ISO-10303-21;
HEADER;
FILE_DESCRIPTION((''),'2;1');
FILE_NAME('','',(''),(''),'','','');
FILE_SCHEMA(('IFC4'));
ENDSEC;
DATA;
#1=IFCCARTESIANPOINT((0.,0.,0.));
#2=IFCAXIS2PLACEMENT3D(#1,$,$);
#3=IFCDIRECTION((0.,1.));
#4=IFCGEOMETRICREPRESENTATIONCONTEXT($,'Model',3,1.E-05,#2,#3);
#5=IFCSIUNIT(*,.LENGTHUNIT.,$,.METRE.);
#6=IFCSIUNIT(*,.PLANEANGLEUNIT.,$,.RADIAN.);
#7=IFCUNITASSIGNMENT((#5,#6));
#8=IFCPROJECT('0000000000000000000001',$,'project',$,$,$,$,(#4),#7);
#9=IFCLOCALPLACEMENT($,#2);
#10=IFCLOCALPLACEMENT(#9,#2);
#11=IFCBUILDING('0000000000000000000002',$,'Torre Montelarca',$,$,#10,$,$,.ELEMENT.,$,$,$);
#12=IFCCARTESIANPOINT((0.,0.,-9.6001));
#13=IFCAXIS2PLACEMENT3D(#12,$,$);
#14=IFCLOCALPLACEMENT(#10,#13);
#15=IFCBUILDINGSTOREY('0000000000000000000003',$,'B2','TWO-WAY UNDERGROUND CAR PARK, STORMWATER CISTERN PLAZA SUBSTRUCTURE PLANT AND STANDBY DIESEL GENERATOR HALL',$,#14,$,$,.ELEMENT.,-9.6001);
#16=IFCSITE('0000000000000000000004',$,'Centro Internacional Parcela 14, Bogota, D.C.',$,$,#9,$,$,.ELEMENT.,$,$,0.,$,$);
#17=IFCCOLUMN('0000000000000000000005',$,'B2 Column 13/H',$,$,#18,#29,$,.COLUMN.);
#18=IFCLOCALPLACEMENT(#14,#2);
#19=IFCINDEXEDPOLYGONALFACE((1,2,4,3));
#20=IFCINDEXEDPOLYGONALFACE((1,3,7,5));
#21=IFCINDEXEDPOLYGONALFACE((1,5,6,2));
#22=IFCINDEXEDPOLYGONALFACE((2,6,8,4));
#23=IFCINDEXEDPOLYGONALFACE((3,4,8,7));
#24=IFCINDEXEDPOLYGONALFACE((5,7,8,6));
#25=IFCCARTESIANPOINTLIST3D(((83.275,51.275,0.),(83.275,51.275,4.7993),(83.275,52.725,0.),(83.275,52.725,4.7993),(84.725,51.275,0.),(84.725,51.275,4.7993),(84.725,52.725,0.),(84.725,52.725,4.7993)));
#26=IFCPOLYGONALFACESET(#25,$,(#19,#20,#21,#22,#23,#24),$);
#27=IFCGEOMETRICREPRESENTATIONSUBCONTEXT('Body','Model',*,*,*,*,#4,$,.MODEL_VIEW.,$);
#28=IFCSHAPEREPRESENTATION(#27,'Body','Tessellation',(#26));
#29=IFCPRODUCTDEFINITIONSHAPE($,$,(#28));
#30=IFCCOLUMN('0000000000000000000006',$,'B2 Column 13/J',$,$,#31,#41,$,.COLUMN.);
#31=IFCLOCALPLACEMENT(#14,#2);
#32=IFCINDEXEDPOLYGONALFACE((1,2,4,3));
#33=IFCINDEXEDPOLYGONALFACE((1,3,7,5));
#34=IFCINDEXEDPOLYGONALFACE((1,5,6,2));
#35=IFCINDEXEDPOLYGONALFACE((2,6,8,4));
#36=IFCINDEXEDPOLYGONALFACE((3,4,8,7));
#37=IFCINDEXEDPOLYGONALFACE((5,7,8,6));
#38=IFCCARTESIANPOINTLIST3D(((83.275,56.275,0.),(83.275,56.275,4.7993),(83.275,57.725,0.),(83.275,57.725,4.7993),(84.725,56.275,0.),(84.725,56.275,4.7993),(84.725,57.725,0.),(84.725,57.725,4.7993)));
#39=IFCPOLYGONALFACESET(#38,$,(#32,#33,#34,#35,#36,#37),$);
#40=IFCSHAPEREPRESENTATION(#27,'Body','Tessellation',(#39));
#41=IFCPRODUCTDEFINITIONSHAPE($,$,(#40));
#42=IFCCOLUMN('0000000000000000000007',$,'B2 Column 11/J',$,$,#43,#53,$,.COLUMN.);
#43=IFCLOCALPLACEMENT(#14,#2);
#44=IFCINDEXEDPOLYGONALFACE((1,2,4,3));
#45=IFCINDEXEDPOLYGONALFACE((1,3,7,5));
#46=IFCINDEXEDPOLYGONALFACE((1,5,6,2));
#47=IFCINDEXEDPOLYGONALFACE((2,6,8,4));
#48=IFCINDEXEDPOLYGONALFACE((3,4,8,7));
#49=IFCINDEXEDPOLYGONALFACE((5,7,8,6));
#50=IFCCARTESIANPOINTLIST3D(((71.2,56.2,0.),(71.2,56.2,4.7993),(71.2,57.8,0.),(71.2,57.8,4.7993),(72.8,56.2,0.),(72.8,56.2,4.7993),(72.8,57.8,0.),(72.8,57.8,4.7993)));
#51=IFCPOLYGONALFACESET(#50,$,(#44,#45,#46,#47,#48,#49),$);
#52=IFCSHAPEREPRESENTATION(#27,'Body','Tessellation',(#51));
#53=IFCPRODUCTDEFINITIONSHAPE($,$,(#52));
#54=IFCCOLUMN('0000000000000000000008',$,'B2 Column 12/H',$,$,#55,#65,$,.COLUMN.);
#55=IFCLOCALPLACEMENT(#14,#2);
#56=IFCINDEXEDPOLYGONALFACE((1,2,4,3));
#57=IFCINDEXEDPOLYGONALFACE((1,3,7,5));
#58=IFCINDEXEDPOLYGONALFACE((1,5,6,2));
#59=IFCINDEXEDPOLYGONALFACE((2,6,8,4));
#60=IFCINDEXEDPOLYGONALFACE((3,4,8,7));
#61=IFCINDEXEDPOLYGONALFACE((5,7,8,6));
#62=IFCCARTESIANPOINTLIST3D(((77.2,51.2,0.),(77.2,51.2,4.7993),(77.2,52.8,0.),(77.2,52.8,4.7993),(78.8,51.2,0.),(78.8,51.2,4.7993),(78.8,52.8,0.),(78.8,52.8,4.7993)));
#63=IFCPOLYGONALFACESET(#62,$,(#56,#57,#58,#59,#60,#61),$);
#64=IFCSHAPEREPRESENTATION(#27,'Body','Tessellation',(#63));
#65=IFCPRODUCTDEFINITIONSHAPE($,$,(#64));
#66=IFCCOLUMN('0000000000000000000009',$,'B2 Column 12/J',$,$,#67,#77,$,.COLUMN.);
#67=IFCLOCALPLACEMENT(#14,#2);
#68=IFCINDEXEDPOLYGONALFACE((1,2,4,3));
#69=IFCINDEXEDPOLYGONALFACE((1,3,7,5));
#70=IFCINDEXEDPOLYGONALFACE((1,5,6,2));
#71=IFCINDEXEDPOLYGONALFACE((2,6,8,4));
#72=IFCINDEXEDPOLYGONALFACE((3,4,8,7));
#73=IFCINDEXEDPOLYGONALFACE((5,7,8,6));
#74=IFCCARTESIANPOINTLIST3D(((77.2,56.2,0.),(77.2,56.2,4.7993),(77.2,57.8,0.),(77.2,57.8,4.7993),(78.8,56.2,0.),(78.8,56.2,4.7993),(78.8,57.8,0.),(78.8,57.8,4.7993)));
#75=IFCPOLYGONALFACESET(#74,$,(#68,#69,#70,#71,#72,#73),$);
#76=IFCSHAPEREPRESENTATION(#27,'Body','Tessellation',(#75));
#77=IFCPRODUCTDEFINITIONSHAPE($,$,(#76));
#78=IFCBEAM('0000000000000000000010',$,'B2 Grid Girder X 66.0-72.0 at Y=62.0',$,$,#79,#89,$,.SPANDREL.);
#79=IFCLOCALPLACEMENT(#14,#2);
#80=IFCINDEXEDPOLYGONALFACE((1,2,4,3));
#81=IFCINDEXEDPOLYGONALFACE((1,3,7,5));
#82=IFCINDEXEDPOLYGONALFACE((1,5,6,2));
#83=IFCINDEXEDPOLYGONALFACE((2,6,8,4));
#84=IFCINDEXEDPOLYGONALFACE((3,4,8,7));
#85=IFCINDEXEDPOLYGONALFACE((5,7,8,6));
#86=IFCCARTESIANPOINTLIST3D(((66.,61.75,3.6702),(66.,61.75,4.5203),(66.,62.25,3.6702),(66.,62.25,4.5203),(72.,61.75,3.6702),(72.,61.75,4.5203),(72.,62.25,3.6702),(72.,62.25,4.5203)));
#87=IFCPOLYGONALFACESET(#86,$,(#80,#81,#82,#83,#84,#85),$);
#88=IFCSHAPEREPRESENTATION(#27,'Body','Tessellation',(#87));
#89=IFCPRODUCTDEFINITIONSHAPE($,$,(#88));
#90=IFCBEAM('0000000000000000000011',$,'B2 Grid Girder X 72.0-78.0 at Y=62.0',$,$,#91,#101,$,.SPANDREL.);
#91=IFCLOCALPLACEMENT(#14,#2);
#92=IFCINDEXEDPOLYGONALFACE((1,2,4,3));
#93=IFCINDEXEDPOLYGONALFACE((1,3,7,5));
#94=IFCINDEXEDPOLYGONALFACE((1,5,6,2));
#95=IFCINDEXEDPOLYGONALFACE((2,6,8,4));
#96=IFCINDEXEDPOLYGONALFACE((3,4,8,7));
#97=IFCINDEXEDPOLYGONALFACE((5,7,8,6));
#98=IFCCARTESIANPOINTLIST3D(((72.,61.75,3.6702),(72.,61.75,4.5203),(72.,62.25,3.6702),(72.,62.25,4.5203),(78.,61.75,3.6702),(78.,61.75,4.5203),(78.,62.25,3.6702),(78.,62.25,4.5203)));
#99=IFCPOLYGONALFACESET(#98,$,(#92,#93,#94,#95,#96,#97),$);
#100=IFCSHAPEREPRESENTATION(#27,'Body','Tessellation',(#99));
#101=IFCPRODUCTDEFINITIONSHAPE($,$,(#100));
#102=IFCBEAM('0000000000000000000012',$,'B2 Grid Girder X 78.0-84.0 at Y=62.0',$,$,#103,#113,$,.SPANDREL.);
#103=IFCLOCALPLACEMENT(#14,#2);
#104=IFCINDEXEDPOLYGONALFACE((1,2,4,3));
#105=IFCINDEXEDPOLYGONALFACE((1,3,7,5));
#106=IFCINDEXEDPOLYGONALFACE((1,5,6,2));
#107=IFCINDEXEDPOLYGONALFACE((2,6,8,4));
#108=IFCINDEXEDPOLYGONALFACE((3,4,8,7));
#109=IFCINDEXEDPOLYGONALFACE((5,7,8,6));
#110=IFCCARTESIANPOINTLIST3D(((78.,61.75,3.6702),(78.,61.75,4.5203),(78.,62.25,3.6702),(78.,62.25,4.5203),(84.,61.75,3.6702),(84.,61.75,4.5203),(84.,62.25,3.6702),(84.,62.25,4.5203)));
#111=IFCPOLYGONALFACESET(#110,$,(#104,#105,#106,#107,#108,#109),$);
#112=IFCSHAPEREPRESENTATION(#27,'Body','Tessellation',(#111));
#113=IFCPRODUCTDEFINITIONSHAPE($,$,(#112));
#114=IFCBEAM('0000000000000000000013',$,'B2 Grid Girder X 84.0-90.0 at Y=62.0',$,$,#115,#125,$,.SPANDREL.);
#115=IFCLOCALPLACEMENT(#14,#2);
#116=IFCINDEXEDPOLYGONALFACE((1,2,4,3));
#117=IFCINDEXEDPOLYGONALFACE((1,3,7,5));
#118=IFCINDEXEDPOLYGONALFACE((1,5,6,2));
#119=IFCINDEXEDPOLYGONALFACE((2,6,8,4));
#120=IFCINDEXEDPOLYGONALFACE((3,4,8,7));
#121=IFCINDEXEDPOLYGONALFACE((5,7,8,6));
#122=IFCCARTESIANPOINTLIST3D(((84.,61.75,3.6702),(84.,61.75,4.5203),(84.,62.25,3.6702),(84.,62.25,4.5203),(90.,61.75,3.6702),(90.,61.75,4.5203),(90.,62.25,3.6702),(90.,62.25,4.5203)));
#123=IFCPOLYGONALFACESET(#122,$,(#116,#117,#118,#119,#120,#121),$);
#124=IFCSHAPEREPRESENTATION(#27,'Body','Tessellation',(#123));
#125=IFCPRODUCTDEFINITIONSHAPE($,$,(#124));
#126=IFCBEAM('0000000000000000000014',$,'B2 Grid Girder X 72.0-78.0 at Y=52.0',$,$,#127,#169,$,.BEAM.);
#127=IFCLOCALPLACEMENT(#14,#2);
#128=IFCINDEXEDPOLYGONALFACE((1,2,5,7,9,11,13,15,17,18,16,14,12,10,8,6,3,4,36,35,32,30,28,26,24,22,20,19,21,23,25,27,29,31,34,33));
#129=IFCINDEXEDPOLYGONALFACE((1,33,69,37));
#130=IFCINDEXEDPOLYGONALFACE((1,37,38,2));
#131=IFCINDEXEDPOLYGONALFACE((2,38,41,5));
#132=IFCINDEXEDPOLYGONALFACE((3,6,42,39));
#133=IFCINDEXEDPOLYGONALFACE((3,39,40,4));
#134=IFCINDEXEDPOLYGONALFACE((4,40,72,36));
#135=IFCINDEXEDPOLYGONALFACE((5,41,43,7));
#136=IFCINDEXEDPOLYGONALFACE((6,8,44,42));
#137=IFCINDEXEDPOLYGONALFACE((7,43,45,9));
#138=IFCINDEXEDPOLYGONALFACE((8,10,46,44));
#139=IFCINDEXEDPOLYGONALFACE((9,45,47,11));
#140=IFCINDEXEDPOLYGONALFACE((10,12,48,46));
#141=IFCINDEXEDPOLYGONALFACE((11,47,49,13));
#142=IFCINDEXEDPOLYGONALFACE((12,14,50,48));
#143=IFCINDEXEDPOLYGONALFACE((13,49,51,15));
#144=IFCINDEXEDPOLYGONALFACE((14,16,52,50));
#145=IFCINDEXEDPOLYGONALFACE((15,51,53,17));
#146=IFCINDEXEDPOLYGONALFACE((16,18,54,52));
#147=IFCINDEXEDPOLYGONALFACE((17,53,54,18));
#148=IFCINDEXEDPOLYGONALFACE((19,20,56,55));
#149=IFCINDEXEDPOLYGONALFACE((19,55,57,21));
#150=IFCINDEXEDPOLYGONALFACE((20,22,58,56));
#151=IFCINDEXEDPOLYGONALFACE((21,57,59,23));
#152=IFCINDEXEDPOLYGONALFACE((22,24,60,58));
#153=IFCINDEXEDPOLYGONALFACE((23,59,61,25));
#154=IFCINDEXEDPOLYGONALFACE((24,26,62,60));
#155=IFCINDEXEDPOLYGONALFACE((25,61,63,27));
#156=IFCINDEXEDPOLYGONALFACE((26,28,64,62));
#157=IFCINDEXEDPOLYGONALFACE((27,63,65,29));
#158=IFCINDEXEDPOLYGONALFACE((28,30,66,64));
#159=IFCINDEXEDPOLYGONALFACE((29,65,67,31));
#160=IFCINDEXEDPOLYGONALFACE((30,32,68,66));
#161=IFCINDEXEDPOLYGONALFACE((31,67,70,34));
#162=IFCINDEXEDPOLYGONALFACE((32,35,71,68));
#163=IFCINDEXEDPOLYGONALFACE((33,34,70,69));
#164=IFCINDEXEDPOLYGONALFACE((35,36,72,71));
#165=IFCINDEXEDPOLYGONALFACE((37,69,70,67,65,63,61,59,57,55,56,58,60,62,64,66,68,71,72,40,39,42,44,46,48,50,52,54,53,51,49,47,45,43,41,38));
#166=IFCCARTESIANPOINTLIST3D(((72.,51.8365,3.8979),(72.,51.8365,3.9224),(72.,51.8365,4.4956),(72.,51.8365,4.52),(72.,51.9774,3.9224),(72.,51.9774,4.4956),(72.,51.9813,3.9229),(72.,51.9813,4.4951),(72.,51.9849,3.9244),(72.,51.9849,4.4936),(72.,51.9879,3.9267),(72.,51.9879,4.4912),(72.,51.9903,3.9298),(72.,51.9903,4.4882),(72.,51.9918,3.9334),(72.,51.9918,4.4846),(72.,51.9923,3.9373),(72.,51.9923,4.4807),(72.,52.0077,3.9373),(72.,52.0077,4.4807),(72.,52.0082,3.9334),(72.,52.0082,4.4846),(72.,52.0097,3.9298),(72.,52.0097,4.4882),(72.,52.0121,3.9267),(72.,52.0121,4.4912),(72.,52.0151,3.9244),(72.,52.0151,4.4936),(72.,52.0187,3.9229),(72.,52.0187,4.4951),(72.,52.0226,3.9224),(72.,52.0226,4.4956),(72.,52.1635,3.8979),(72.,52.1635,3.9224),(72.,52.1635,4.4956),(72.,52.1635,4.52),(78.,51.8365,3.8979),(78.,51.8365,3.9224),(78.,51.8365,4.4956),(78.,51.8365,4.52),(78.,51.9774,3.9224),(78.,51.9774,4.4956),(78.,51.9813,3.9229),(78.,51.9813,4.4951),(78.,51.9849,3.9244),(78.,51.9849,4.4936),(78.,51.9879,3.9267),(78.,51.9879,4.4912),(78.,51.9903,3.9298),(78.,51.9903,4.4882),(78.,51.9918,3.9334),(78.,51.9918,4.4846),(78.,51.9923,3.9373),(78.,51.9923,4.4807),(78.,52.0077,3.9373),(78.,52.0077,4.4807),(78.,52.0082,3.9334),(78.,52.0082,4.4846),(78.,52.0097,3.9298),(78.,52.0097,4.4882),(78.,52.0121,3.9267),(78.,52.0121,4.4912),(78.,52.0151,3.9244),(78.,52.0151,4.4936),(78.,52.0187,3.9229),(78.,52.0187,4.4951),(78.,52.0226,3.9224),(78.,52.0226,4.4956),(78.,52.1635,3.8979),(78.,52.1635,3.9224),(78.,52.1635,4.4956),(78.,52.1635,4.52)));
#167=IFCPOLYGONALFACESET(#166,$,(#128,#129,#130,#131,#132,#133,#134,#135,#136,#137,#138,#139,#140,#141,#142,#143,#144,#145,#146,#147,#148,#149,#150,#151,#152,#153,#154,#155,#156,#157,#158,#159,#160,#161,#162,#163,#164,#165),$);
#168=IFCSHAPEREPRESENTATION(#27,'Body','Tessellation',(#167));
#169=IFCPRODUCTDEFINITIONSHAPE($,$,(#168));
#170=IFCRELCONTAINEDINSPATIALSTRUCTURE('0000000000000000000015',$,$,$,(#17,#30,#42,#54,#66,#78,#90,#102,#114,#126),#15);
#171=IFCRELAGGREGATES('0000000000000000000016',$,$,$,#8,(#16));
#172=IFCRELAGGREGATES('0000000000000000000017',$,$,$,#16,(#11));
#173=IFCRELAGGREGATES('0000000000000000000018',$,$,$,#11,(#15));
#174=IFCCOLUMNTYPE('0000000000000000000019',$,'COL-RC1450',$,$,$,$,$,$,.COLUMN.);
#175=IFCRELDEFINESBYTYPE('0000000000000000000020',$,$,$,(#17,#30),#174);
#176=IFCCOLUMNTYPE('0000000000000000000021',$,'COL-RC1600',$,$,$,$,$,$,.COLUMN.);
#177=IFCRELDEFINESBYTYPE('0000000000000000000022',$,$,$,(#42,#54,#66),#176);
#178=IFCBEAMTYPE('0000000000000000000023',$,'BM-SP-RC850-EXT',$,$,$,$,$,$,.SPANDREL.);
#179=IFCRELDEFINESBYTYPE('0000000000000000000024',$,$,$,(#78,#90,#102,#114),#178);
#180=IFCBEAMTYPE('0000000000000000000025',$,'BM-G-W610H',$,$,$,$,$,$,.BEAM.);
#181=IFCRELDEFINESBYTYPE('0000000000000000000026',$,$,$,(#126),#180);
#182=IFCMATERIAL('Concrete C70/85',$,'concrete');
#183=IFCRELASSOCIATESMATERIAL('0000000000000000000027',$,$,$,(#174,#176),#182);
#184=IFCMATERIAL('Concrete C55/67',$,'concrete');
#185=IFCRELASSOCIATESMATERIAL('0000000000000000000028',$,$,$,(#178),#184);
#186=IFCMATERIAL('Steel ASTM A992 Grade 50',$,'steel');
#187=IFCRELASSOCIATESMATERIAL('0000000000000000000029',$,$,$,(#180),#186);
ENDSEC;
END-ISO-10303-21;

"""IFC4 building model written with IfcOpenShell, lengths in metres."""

from ifc_helpers import new_model, si_unit, direction, frame, origin, origin_2d, place, context, subcontext, project, spatial, rectangle, i_section, extrude, source, transform, mapped, material, material_profile, profile_set, type_object, element, save


model = new_model("IFC4")

# Units and contexts
model_context = context("Model", 3, precision=1e-05, world=origin(), true_north=direction((0.0, 1.0)))
body_context = subcontext(model_context, "Body", "Model", "MODEL_VIEW")
ifc_project = project(units=[si_unit("LENGTHUNIT", "METRE"), si_unit("PLANEANGLEUNIT", "RADIAN")], contexts=[model_context])

# Site, building, storey
site_placement = place(None, origin())
site = spatial("IfcSite", under=ifc_project, at=site_placement, Name="Centro Internacional Parcela 14, Bogota, D.C.", CompositionType="ELEMENT", RefElevation=0.0)
building_placement = place(site_placement, origin())
building = spatial("IfcBuilding", under=site, at=building_placement, Name="Torre Montelarca", CompositionType="ELEMENT")
storey_placement = place(building_placement, frame((0.0, 0.0, -9.6001)))
storey = spatial("IfcBuildingStorey", under=building, at=storey_placement, Name="B2", Description="TWO-WAY UNDERGROUND CAR PARK, STORMWATER CISTERN PLAZA SUBSTRUCTURE PLANT AND STANDBY DIESEL GENERATOR HALL", CompositionType="ELEMENT", Elevation=-9.6001)

# Columns
ifc_material_1 = material(Name="Concrete C70/85", Category="concrete")
ifc_material_profile_1 = material_profile(ifc_material_1, rectangle(XDim=1.45, YDim=1.45, at=origin_2d()), Name="RC1450X1450", Category="concrete")
ifc_profile_set_1 = profile_set([ifc_material_profile_1], Name="Concrete C70/85")
column_type_1 = type_object("IfcColumnType", Name="COL-RC1450", PredefinedType="COLUMN", material=ifc_profile_set_1)
shared_shape_1 = source(origin(), body_context, "Body", "SweptSolid", [
    extrude(rectangle(XDim=1.45, YDim=1.45, at=origin_2d()), origin(), (0.0, 0.0, 1.0), 4.7993),
])
for number, where, z_axis, x_axis, name in (
    (1, (84.0, 52.0, 0.0), (0.0, 0.0, 1.0), (1.0, 0.0, 0.0), "B2 Column 13/H"),
    (2, (84.0, 57.0, 0.0), (0.0, 0.0, 1.0), (1.0, 0.0, 0.0), "B2 Column 13/J"),
):
    element("IfcColumn", number, at=place(storey_placement, frame(where, z_axis=z_axis, x_axis=x_axis)), inside=storey, type_object=column_type_1, Name=name, PredefinedType="COLUMN", context=body_context, shape_type="MappedRepresentation", body=[
        mapped(shared_shape_1, transform((0.0, 0.0, 0.0), scale=1.0)),
    ])
ifc_material_profile_2 = material_profile(ifc_material_1, rectangle(XDim=1.6001, YDim=1.6001, at=origin_2d()), Name="RC1600X1600", Category="concrete")
ifc_profile_set_2 = profile_set([ifc_material_profile_2], Name="Concrete C70/85")
column_type_2 = type_object("IfcColumnType", Name="COL-RC1600", PredefinedType="COLUMN", material=ifc_profile_set_2)
shared_shape_2 = source(origin(), body_context, "Body", "SweptSolid", [
    extrude(rectangle(XDim=1.6001, YDim=1.6001, at=origin_2d()), origin(), (0.0, 0.0, 1.0), 4.7993),
])
for number, where, z_axis, x_axis, name in (
    (3, (72.0, 57.0, 0.0), (0.0, 0.0, 1.0), (1.0, 0.0, 0.0), "B2 Column 11/J"),
    (4, (78.0, 52.0, 0.0), (0.0, 0.0, 1.0), (1.0, 0.0, 0.0), "B2 Column 12/H"),
    (5, (78.0, 57.0, 0.0), (0.0, 0.0, 1.0), (1.0, 0.0, 0.0), "B2 Column 12/J"),
):
    element("IfcColumn", number, at=place(storey_placement, frame(where, z_axis=z_axis, x_axis=x_axis)), inside=storey, type_object=column_type_2, Name=name, PredefinedType="COLUMN", context=body_context, shape_type="MappedRepresentation", body=[
        mapped(shared_shape_2, transform((0.0, 0.0, 0.0), scale=1.0)),
    ])

# Beams
ifc_material_2 = material(Name="Concrete C55/67", Category="concrete")
ifc_material_profile_3 = material_profile(ifc_material_2, rectangle(XDim=0.5, YDim=0.8501, at=origin_2d()), Name="RCB500X850", Category="concrete")
ifc_profile_set_3 = profile_set([ifc_material_profile_3], Name="Concrete C55/67")
beam_type_1 = type_object("IfcBeamType", Name="BM-SP-RC850-EXT", PredefinedType="SPANDREL", material=ifc_profile_set_3)
shared_shape_3 = source(origin(), body_context, "Body", "SweptSolid", [
    extrude(rectangle(XDim=0.5, YDim=0.8501, at=origin_2d()), origin(), (0.0, 0.0, 1.0), 6.0),
])
for number, where, z_axis, x_axis, name in (
    (6, (66.0, 62.0, 4.0952), (1.0, 0.0, 0.0), (0.0, 1.0, 0.0), "B2 Grid Girder X 66.0-72.0 at Y=62.0"),
    (7, (72.0, 62.0, 4.0952), (1.0, 0.0, 0.0), (0.0, 1.0, 0.0), "B2 Grid Girder X 72.0-78.0 at Y=62.0"),
    (8, (78.0, 62.0, 4.0952), (1.0, 0.0, 0.0), (0.0, 1.0, 0.0), "B2 Grid Girder X 78.0-84.0 at Y=62.0"),
    (9, (84.0, 62.0, 4.0952), (1.0, 0.0, 0.0), (0.0, 1.0, 0.0), "B2 Grid Girder X 84.0-90.0 at Y=62.0"),
):
    element("IfcBeam", number, at=place(storey_placement, frame(where, z_axis=z_axis, x_axis=x_axis)), inside=storey, type_object=beam_type_1, Name=name, PredefinedType="SPANDREL", context=body_context, shape_type="MappedRepresentation", body=[
        mapped(shared_shape_3, transform((0.0, 0.0, 0.0), scale=1.0)),
    ])
ifc_material_3 = material(Name="Steel ASTM A992 Grade 50", Category="steel")
ifc_material_profile_4 = material_profile(ifc_material_3, i_section(OverallWidth=0.3269, OverallDepth=0.6221, WebThickness=0.0154, FlangeThickness=0.0244, FilletRadius=0.0149, at=origin_2d()), Name="W610X195", Category="steel")
ifc_profile_set_4 = profile_set([ifc_material_profile_4], Name="Steel ASTM A992 Grade 50")
beam_type_2 = type_object("IfcBeamType", Name="BM-G-W610H", PredefinedType="BEAM", material=ifc_profile_set_4)
shared_shape_4 = source(origin(), body_context, "Body", "SweptSolid", [
    extrude(i_section(OverallWidth=0.3269, OverallDepth=0.6221, WebThickness=0.0154, FlangeThickness=0.0244, FilletRadius=0.0149, at=origin_2d()), origin(), (0.0, 0.0, 1.0), 6.0),
])
for number, where, z_axis, x_axis, name in (
    (10, (72.0, 52.0, 4.209), (1.0, 0.0, 0.0), (0.0, 1.0, 0.0), "B2 Grid Girder X 72.0-78.0 at Y=52.0"),
):
    element("IfcBeam", number, at=place(storey_placement, frame(where, z_axis=z_axis, x_axis=x_axis)), inside=storey, type_object=beam_type_2, Name=name, PredefinedType="BEAM", context=body_context, shape_type="MappedRepresentation", body=[
        mapped(shared_shape_4, transform((0.0, 0.0, 0.0), scale=1.0)),
    ])

save(model, "model.ifc")
